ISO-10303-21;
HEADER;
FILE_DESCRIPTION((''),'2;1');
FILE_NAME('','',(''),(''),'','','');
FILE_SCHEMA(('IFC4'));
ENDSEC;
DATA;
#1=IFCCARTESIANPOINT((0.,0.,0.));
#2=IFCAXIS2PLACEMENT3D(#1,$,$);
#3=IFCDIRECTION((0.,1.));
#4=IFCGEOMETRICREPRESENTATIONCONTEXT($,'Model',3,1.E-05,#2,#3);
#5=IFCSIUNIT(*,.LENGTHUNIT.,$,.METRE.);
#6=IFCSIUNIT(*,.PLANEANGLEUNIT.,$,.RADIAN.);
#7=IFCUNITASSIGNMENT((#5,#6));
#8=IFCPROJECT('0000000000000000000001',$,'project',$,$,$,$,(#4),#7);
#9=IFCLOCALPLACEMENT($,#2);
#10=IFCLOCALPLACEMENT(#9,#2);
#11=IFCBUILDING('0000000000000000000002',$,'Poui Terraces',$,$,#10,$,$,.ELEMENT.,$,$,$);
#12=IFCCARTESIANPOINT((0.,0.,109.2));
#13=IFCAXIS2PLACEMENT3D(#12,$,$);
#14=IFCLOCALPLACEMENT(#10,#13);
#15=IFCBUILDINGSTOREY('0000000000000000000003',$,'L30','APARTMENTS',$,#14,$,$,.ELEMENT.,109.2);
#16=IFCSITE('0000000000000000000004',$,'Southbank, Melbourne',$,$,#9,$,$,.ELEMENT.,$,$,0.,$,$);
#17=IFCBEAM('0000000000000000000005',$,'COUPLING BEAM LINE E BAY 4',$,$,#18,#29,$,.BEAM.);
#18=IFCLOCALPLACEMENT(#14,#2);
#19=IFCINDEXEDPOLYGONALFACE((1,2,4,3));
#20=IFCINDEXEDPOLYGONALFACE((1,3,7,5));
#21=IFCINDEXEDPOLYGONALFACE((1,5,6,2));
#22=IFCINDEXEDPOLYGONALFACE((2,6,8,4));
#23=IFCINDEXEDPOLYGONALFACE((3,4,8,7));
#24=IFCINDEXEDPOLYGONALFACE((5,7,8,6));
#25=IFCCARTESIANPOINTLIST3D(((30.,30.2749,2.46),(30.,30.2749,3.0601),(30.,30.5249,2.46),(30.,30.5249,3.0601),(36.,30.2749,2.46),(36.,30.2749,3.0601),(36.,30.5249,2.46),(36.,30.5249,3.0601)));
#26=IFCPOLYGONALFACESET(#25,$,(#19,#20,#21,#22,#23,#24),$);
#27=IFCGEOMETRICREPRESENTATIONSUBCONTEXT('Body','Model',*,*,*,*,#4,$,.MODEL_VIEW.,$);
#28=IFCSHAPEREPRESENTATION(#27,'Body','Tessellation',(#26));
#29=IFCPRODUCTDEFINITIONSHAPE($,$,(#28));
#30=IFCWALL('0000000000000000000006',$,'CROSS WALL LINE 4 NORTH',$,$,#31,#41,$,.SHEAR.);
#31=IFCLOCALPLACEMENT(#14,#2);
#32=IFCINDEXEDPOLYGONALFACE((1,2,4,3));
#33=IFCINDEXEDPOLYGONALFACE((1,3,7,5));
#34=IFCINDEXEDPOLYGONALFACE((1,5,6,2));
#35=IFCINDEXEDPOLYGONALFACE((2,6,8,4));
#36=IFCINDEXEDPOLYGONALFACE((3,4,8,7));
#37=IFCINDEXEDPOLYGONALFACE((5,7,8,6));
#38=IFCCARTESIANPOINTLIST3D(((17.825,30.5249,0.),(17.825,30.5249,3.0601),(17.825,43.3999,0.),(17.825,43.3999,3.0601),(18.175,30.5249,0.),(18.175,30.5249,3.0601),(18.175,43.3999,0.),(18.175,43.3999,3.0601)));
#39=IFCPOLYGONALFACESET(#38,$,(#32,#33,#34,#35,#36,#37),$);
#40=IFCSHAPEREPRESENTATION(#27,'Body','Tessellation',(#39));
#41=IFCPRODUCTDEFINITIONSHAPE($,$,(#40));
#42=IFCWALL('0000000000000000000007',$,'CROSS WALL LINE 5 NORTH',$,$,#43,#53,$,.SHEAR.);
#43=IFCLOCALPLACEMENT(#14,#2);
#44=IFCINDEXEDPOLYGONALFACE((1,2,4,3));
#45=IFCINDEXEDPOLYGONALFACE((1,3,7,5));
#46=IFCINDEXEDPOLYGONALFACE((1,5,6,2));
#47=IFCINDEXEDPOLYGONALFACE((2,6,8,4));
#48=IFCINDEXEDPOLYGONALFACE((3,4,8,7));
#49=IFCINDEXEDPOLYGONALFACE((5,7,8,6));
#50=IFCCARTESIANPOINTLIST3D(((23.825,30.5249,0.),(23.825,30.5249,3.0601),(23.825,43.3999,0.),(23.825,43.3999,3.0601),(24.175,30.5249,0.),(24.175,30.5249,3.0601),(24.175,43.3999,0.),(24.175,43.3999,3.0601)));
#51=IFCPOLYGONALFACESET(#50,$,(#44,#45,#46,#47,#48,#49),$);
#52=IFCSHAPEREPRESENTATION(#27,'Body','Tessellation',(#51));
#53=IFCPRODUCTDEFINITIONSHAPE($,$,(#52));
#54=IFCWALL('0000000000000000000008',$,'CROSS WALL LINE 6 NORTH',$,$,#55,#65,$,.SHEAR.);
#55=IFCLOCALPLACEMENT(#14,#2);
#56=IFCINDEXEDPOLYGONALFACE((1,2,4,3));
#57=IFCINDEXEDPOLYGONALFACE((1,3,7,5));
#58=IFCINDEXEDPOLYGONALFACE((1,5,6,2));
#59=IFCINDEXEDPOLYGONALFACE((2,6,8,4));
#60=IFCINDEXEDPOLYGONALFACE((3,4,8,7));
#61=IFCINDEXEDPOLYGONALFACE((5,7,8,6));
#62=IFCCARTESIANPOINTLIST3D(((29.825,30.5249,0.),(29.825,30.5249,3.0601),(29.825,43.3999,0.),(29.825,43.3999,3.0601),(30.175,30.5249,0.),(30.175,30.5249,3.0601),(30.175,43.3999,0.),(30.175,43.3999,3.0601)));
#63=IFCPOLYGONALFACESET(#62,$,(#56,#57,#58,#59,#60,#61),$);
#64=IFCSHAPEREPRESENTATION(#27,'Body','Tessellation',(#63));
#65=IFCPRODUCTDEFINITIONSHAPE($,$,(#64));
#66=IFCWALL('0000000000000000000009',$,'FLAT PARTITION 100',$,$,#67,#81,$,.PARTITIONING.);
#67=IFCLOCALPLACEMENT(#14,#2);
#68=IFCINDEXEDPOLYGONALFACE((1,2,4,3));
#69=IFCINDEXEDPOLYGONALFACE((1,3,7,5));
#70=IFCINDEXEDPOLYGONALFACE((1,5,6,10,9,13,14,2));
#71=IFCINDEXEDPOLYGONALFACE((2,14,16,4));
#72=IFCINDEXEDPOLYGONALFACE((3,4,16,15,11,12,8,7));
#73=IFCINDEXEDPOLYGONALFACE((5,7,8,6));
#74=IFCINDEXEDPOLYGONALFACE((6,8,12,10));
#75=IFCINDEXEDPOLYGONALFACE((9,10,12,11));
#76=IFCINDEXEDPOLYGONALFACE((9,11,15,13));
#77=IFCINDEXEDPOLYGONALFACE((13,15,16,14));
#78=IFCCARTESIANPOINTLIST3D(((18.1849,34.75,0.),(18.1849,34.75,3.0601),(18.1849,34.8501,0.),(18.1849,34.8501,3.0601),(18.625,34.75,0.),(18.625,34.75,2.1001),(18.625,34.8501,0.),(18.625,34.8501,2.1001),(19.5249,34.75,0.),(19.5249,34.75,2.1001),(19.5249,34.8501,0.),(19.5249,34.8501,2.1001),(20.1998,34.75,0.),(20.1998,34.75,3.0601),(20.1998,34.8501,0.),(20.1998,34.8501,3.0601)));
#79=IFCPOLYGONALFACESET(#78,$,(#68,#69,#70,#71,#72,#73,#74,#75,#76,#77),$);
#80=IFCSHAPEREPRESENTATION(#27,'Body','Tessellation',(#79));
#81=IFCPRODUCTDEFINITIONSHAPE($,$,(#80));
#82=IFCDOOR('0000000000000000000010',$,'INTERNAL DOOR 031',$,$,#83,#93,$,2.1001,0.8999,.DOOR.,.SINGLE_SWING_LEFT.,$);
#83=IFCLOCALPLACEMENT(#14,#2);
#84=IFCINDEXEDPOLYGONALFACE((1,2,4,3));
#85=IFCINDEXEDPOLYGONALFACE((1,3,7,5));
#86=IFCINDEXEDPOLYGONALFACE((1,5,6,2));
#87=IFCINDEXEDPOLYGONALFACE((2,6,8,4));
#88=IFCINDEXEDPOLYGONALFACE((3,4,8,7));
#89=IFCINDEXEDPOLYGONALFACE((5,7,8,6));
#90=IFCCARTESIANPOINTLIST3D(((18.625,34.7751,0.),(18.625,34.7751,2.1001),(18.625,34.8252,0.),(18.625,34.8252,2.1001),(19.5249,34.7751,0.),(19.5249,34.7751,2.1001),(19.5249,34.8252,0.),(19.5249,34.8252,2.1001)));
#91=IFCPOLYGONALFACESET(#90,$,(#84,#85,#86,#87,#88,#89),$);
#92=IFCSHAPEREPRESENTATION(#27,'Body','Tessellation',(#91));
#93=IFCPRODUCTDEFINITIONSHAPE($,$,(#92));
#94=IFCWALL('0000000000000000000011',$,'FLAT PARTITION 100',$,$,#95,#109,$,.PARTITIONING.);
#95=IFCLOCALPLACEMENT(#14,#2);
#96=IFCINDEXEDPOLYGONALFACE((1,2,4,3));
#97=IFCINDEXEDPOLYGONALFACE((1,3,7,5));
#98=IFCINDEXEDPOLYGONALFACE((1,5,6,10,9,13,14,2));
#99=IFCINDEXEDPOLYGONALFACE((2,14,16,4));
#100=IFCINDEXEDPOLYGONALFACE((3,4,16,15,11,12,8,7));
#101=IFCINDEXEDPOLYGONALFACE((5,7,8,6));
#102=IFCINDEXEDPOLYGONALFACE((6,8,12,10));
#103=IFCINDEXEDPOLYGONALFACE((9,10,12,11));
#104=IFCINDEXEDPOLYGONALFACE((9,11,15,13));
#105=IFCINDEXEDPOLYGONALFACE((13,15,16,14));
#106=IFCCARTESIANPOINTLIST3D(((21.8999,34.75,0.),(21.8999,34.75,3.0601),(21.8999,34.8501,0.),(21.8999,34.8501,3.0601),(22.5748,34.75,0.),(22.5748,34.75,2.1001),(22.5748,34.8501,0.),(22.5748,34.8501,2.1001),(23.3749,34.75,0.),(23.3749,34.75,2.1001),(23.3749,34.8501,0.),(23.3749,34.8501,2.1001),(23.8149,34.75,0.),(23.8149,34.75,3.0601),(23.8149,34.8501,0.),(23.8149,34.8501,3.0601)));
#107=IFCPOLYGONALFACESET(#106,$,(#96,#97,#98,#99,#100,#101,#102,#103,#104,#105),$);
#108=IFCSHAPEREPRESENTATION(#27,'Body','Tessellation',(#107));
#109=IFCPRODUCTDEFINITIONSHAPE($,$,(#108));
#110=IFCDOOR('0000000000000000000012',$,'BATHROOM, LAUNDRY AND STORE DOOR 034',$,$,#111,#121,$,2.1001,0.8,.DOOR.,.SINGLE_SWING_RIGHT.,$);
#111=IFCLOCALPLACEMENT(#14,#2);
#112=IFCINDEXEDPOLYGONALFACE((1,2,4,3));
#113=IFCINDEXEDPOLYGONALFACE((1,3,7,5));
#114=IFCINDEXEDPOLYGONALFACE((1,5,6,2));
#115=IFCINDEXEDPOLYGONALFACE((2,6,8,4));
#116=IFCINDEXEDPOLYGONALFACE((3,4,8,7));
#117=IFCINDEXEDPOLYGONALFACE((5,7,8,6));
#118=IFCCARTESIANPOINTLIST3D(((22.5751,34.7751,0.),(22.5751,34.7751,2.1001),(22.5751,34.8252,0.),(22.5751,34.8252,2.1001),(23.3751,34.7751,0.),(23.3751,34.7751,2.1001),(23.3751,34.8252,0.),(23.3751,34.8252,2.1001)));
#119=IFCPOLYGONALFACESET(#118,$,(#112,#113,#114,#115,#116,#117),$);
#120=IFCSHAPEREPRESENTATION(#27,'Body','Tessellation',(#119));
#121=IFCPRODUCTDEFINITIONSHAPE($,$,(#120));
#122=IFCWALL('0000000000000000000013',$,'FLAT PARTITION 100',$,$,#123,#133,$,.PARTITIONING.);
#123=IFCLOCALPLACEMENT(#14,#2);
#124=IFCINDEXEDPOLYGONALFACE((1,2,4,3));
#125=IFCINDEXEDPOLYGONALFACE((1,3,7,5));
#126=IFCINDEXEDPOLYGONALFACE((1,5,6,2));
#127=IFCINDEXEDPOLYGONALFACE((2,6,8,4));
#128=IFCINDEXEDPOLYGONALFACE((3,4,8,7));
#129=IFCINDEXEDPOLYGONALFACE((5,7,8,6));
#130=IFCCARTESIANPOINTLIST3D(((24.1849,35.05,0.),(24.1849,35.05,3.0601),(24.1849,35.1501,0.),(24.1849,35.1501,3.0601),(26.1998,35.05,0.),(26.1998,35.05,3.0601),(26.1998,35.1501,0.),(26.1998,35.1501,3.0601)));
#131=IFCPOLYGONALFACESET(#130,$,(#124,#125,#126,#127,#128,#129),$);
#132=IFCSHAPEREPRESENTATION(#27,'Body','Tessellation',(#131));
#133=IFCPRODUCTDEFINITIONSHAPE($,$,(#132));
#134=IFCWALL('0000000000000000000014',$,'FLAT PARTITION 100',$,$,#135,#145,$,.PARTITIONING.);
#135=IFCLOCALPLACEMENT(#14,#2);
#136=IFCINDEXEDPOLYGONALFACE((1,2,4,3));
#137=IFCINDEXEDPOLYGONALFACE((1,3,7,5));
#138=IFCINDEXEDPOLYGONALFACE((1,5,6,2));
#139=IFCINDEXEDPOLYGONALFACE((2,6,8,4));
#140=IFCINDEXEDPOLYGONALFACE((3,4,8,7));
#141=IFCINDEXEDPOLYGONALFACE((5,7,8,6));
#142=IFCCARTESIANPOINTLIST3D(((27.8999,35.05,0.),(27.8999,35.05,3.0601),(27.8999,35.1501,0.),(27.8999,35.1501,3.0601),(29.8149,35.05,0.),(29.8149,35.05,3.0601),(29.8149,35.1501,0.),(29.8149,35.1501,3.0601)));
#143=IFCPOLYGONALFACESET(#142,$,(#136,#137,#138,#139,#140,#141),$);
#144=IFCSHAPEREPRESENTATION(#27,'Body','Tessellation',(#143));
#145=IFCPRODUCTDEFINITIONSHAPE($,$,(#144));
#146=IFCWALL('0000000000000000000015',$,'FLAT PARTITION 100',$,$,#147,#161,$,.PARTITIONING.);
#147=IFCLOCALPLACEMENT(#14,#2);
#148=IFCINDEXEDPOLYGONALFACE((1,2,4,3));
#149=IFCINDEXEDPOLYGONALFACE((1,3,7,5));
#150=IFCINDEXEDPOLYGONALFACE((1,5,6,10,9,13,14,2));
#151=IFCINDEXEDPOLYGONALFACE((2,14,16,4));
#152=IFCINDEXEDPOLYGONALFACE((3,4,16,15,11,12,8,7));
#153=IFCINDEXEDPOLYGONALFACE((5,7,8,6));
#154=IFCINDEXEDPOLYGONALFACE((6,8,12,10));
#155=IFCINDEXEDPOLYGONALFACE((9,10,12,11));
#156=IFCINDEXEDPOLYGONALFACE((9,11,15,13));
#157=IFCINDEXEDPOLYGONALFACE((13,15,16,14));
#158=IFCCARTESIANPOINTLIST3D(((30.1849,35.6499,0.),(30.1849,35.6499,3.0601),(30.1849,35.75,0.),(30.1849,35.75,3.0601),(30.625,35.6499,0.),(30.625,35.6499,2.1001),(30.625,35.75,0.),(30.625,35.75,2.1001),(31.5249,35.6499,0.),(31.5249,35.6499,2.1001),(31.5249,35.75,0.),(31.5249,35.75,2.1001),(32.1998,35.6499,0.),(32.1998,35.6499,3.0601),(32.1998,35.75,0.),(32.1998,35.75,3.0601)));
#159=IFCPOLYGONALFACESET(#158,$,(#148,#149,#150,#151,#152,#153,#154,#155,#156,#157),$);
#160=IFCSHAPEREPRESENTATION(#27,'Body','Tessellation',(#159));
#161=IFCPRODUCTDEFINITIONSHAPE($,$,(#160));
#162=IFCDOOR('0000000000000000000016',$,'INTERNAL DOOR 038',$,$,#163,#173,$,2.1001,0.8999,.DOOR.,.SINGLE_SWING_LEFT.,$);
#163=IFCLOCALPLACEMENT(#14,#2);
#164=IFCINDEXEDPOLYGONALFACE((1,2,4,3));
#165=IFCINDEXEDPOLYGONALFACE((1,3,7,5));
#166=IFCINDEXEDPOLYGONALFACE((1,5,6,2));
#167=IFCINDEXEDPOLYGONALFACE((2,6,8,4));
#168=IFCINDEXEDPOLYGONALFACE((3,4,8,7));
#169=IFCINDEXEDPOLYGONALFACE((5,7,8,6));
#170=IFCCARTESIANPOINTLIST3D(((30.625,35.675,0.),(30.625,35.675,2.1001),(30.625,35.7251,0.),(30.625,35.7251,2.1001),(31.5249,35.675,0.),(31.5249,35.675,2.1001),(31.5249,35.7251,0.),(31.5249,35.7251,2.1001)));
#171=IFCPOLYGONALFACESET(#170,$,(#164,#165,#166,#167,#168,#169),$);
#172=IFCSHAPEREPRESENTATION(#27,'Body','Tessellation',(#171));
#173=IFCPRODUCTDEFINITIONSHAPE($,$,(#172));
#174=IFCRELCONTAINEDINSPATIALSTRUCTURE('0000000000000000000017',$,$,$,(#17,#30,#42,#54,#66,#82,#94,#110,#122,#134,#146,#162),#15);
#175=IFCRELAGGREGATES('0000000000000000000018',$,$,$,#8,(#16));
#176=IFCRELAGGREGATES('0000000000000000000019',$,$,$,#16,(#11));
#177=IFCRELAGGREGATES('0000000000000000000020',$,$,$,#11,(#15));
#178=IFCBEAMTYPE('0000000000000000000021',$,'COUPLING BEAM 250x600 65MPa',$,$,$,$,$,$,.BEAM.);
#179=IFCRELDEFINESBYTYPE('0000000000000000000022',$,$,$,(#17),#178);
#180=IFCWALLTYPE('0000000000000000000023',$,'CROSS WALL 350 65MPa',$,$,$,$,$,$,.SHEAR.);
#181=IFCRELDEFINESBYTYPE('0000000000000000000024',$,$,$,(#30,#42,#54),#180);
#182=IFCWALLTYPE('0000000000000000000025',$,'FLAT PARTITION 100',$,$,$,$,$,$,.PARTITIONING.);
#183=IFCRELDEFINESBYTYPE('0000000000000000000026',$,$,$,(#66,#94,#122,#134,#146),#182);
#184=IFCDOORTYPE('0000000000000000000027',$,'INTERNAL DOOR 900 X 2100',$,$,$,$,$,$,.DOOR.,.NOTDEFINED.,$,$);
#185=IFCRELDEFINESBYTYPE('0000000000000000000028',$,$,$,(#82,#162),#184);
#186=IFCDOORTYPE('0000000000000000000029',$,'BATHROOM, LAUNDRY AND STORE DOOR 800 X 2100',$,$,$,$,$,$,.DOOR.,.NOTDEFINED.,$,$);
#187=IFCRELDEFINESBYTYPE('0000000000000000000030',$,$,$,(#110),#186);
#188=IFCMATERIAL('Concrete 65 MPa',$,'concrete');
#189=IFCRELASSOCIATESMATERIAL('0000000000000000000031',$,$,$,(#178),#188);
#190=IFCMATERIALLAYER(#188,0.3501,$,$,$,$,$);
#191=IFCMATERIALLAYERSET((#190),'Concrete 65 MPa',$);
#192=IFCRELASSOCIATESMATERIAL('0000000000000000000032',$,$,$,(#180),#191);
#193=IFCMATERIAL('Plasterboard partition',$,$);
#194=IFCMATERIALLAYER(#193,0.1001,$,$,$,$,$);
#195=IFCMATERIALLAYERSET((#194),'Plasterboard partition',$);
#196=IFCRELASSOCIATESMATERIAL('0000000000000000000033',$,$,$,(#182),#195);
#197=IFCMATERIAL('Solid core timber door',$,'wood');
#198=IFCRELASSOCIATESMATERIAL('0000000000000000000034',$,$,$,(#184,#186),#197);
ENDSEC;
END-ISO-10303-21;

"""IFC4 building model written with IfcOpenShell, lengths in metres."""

from ifc_helpers import new_model, si_unit, direction, frame, frame_2d, origin, origin_2d, place, context, subcontext, project, spatial, rectangle, extrude, source, transform, mapped, material, layer, layer_set, material_profile, profile_set, type_object, element, fill, save


model = new_model("IFC4")

# Units and contexts
model_context = context("Model", 3, precision=1e-05, world=origin(), true_north=direction((0.0, 1.0)))
body_context = subcontext(model_context, "Body", "Model", "MODEL_VIEW")
ifc_project = project(units=[si_unit("LENGTHUNIT", "METRE"), si_unit("PLANEANGLEUNIT", "RADIAN")], contexts=[model_context])

# Site, building, storey
site_placement = place(None, origin())
site = spatial("IfcSite", under=ifc_project, at=site_placement, Name="Southbank, Melbourne", CompositionType="ELEMENT", RefElevation=0.0)
building_placement = place(site_placement, origin())
building = spatial("IfcBuilding", under=site, at=building_placement, Name="Poui Terraces", CompositionType="ELEMENT")
storey_placement = place(building_placement, frame((0.0, 0.0, 109.2)))
storey = spatial("IfcBuildingStorey", under=building, at=storey_placement, Name="L30", Description="APARTMENTS", CompositionType="ELEMENT", Elevation=109.2)

# Beam
ifc_material_1 = material(Name="Concrete 65 MPa", Category="concrete")
ifc_material_profile_1 = material_profile(ifc_material_1, rectangle(XDim=0.25, YDim=0.6001, at=origin_2d()), Name="RC 250x600")
ifc_profile_set_1 = profile_set([ifc_material_profile_1], Name="Concrete 65 MPa")
beam_type = type_object("IfcBeamType", Name="COUPLING BEAM 250x600 65MPa", PredefinedType="BEAM", material=ifc_profile_set_1)
shared_shape_1 = source(origin(), body_context, "Body", "SweptSolid", [
    extrude(rectangle(XDim=0.25, YDim=0.6001, at=origin_2d()), origin(), (0.0, 0.0, 1.0), 6.0),
])
beam_placement = place(storey_placement, frame((30.0, 30.3999, 2.76), z_axis=(1.0, 0.0, 0.0), x_axis=(0.0, 1.0, 0.0)))
element("IfcBeam", 1, at=beam_placement, inside=storey, type_object=beam_type, Name="COUPLING BEAM LINE E BAY 4", PredefinedType="BEAM", context=body_context, shape_type="MappedRepresentation", body=[
    mapped(shared_shape_1, transform((0.0, 0.0, 0.0))),
])

# Walls
ifc_layer_1 = layer(ifc_material_1, 0.3501)
ifc_layer_set_1 = layer_set([ifc_layer_1], Name="Concrete 65 MPa")
wall_type_1 = type_object("IfcWallType", Name="CROSS WALL 350 65MPa", PredefinedType="SHEAR", material=ifc_layer_set_1)
for number, where, z_axis, x_axis, name in (
    (2, (18.0, 30.5249, 0.0), (0.0, 0.0, 1.0), (0.0, 1.0, 0.0), "CROSS WALL LINE 4 NORTH"),
    (3, (24.0, 30.5249, 0.0), (0.0, 0.0, 1.0), (0.0, 1.0, 0.0), "CROSS WALL LINE 5 NORTH"),
    (4, (30.0, 30.5249, 0.0), (0.0, 0.0, 1.0), (0.0, 1.0, 0.0), "CROSS WALL LINE 6 NORTH"),
):
    element("IfcWall", number, at=place(storey_placement, frame(where, z_axis=z_axis, x_axis=x_axis)), inside=storey, type_object=wall_type_1, Name=name, PredefinedType="SHEAR", context=body_context, shape_type="SweptSolid", body=[
        extrude(rectangle(XDim=12.875, YDim=0.3501, at=frame_2d((6.4375, 0.0))), origin(), (0.0, 0.0, 1.0), 3.0601),
    ])

# Walls, openings, doors
ifc_material_2 = material(Name="Plasterboard partition")
ifc_layer_2 = layer(ifc_material_2, 0.1001)
ifc_layer_set_2 = layer_set([ifc_layer_2], Name="Plasterboard partition")
wall_type_2 = type_object("IfcWallType", Name="FLAT PARTITION 100", PredefinedType="PARTITIONING", material=ifc_layer_set_2)
wall_1_placement = place(storey_placement, frame((18.1851, 34.8, 0.0), z_axis=(0.0, 0.0, 1.0), x_axis=(1.0, 0.0, 0.0)))
wall_1 = element("IfcWall", 5, at=wall_1_placement, inside=storey, type_object=wall_type_2, Name="FLAT PARTITION 100", PredefinedType="PARTITIONING", context=body_context, shape_type="SweptSolid", body=[
    extrude(rectangle(XDim=2.0149, YDim=0.1001, at=frame_2d((1.0073, 0.0))), origin(), (0.0, 0.0, 1.0), 3.0601),
])
opening_1_placement = place(wall_1_placement, frame((0.4399, 0.0, 0.0)))
opening_1 = element("IfcOpeningElement", 6, at=opening_1_placement, cuts=wall_1, PredefinedType="OPENING", context=body_context, shape_type="SweptSolid", body=[
    extrude(rectangle(XDim=0.8999, YDim=2.1001, at=frame_2d((0.45, 1.05))), frame((0.0, 0.0601, 0.0), z_axis=(0.0, -1.0, 0.0), x_axis=(1.0, 0.0, 0.0)), (0.0, 0.0, 1.0), 0.1201),
])
ifc_material_3 = material(Name="Solid core timber door", Category="wood")
door_type_1 = type_object("IfcDoorType", Name="INTERNAL DOOR 900 X 2100", OperationType="NOTDEFINED", PredefinedType="DOOR", material=ifc_material_3)
door_1_placement = place(opening_1_placement, frame((0.8999, 0.0, 0.0), z_axis=(0.0, 0.0, 1.0), x_axis=(-1.0, 0.0, 0.0)))
door_1 = element("IfcDoor", 7, at=door_1_placement, inside=storey, type_object=door_type_1, Name="INTERNAL DOOR 031", OperationType="SINGLE_SWING_LEFT", OverallHeight=2.1001, OverallWidth=0.8999, PredefinedType="DOOR", context=body_context, shape_type="SweptSolid", body=[
    extrude(rectangle(XDim=0.8999, YDim=2.1001, at=frame_2d((0.45, 1.05))), frame((0.0, 0.0249, 0.0), z_axis=(0.0, -1.0, 0.0), x_axis=(1.0, 0.0, 0.0)), (0.0, 0.0, 1.0), 0.05),
])
fill(opening_1, door_1)
wall_2_placement = place(storey_placement, frame((21.8999, 34.8, 0.0), z_axis=(0.0, 0.0, 1.0), x_axis=(1.0, 0.0, 0.0)))
wall_2 = element("IfcWall", 8, at=wall_2_placement, inside=storey, type_object=wall_type_2, Name="FLAT PARTITION 100", PredefinedType="PARTITIONING", context=body_context, shape_type="SweptSolid", body=[
    extrude(rectangle(XDim=1.915, YDim=0.1001, at=frame_2d((0.9575, 0.0))), origin(), (0.0, 0.0, 1.0), 3.0601),
])
opening_2_placement = place(wall_2_placement, frame((0.675, 0.0, 0.0)))
opening_2 = element("IfcOpeningElement", 9, at=opening_2_placement, cuts=wall_2, PredefinedType="OPENING", context=body_context, shape_type="SweptSolid", body=[
    extrude(rectangle(XDim=0.8, YDim=2.1001, at=frame_2d((0.3999, 1.05))), frame((0.0, 0.0601, 0.0), z_axis=(0.0, -1.0, 0.0), x_axis=(1.0, 0.0, 0.0)), (0.0, 0.0, 1.0), 0.1201),
])
door_type_2 = type_object("IfcDoorType", Name="BATHROOM, LAUNDRY AND STORE DOOR 800 X 2100", OperationType="NOTDEFINED", PredefinedType="DOOR", material=ifc_material_3)
door_2_placement = place(opening_2_placement, frame((0.8, 0.0, 0.0), z_axis=(0.0, 0.0, 1.0), x_axis=(-1.0, 0.0, 0.0)))
door_2 = element("IfcDoor", 10, at=door_2_placement, inside=storey, type_object=door_type_2, Name="BATHROOM, LAUNDRY AND STORE DOOR 034", OperationType="SINGLE_SWING_RIGHT", OverallHeight=2.1001, OverallWidth=0.8, PredefinedType="DOOR", context=body_context, shape_type="SweptSolid", body=[
    extrude(rectangle(XDim=0.8, YDim=2.1001, at=frame_2d((0.3999, 1.05))), frame((0.0, 0.0249, 0.0), z_axis=(0.0, -1.0, 0.0), x_axis=(1.0, 0.0, 0.0)), (0.0, 0.0, 1.0), 0.05),
])
fill(opening_2, door_2)

# Walls
wall_3_placement = place(storey_placement, frame((24.1851, 35.1001, 0.0), z_axis=(0.0, 0.0, 1.0), x_axis=(1.0, 0.0, 0.0)))
element("IfcWall", 11, at=wall_3_placement, inside=storey, type_object=wall_type_2, Name="FLAT PARTITION 100", PredefinedType="PARTITIONING", context=body_context, shape_type="SweptSolid", body=[
    extrude(rectangle(XDim=2.0149, YDim=0.1001, at=frame_2d((1.0073, 0.0))), origin(), (0.0, 0.0, 1.0), 3.0601),
])
wall_4_placement = place(storey_placement, frame((27.8999, 35.1001, 0.0), z_axis=(0.0, 0.0, 1.0), x_axis=(1.0, 0.0, 0.0)))
element("IfcWall", 12, at=wall_4_placement, inside=storey, type_object=wall_type_2, Name="FLAT PARTITION 100", PredefinedType="PARTITIONING", context=body_context, shape_type="SweptSolid", body=[
    extrude(rectangle(XDim=1.915, YDim=0.1001, at=frame_2d((0.9575, 0.0))), origin(), (0.0, 0.0, 1.0), 3.0601),
])

# Wall, opening, door
wall_5_placement = place(storey_placement, frame((30.1851, 35.7, 0.0), z_axis=(0.0, 0.0, 1.0), x_axis=(1.0, 0.0, 0.0)))
wall_5 = element("IfcWall", 13, at=wall_5_placement, inside=storey, type_object=wall_type_2, Name="FLAT PARTITION 100", PredefinedType="PARTITIONING", context=body_context, shape_type="SweptSolid", body=[
    extrude(rectangle(XDim=2.0149, YDim=0.1001, at=frame_2d((1.0073, 0.0))), origin(), (0.0, 0.0, 1.0), 3.0601),
])
opening_3_placement = place(wall_5_placement, frame((0.4399, 0.0, 0.0)))
opening_3 = element("IfcOpeningElement", 14, at=opening_3_placement, cuts=wall_5, PredefinedType="OPENING", context=body_context, shape_type="SweptSolid", body=[
    extrude(rectangle(XDim=0.8999, YDim=2.1001, at=frame_2d((0.45, 1.05))), frame((0.0, 0.0601, 0.0), z_axis=(0.0, -1.0, 0.0), x_axis=(1.0, 0.0, 0.0)), (0.0, 0.0, 1.0), 0.1201),
])
door_3_placement = place(opening_3_placement, frame((0.8999, 0.0, 0.0), z_axis=(0.0, 0.0, 1.0), x_axis=(-1.0, 0.0, 0.0)))
door_3 = element("IfcDoor", 15, at=door_3_placement, inside=storey, type_object=door_type_1, Name="INTERNAL DOOR 038", OperationType="SINGLE_SWING_LEFT", OverallHeight=2.1001, OverallWidth=0.8999, PredefinedType="DOOR", context=body_context, shape_type="SweptSolid", body=[
    extrude(rectangle(XDim=0.8999, YDim=2.1001, at=frame_2d((0.45, 1.05))), frame((0.0, 0.0249, 0.0), z_axis=(0.0, -1.0, 0.0), x_axis=(1.0, 0.0, 0.0)), (0.0, 0.0, 1.0), 0.05),
])
fill(opening_3, door_3)

save(model, "model.ifc")
